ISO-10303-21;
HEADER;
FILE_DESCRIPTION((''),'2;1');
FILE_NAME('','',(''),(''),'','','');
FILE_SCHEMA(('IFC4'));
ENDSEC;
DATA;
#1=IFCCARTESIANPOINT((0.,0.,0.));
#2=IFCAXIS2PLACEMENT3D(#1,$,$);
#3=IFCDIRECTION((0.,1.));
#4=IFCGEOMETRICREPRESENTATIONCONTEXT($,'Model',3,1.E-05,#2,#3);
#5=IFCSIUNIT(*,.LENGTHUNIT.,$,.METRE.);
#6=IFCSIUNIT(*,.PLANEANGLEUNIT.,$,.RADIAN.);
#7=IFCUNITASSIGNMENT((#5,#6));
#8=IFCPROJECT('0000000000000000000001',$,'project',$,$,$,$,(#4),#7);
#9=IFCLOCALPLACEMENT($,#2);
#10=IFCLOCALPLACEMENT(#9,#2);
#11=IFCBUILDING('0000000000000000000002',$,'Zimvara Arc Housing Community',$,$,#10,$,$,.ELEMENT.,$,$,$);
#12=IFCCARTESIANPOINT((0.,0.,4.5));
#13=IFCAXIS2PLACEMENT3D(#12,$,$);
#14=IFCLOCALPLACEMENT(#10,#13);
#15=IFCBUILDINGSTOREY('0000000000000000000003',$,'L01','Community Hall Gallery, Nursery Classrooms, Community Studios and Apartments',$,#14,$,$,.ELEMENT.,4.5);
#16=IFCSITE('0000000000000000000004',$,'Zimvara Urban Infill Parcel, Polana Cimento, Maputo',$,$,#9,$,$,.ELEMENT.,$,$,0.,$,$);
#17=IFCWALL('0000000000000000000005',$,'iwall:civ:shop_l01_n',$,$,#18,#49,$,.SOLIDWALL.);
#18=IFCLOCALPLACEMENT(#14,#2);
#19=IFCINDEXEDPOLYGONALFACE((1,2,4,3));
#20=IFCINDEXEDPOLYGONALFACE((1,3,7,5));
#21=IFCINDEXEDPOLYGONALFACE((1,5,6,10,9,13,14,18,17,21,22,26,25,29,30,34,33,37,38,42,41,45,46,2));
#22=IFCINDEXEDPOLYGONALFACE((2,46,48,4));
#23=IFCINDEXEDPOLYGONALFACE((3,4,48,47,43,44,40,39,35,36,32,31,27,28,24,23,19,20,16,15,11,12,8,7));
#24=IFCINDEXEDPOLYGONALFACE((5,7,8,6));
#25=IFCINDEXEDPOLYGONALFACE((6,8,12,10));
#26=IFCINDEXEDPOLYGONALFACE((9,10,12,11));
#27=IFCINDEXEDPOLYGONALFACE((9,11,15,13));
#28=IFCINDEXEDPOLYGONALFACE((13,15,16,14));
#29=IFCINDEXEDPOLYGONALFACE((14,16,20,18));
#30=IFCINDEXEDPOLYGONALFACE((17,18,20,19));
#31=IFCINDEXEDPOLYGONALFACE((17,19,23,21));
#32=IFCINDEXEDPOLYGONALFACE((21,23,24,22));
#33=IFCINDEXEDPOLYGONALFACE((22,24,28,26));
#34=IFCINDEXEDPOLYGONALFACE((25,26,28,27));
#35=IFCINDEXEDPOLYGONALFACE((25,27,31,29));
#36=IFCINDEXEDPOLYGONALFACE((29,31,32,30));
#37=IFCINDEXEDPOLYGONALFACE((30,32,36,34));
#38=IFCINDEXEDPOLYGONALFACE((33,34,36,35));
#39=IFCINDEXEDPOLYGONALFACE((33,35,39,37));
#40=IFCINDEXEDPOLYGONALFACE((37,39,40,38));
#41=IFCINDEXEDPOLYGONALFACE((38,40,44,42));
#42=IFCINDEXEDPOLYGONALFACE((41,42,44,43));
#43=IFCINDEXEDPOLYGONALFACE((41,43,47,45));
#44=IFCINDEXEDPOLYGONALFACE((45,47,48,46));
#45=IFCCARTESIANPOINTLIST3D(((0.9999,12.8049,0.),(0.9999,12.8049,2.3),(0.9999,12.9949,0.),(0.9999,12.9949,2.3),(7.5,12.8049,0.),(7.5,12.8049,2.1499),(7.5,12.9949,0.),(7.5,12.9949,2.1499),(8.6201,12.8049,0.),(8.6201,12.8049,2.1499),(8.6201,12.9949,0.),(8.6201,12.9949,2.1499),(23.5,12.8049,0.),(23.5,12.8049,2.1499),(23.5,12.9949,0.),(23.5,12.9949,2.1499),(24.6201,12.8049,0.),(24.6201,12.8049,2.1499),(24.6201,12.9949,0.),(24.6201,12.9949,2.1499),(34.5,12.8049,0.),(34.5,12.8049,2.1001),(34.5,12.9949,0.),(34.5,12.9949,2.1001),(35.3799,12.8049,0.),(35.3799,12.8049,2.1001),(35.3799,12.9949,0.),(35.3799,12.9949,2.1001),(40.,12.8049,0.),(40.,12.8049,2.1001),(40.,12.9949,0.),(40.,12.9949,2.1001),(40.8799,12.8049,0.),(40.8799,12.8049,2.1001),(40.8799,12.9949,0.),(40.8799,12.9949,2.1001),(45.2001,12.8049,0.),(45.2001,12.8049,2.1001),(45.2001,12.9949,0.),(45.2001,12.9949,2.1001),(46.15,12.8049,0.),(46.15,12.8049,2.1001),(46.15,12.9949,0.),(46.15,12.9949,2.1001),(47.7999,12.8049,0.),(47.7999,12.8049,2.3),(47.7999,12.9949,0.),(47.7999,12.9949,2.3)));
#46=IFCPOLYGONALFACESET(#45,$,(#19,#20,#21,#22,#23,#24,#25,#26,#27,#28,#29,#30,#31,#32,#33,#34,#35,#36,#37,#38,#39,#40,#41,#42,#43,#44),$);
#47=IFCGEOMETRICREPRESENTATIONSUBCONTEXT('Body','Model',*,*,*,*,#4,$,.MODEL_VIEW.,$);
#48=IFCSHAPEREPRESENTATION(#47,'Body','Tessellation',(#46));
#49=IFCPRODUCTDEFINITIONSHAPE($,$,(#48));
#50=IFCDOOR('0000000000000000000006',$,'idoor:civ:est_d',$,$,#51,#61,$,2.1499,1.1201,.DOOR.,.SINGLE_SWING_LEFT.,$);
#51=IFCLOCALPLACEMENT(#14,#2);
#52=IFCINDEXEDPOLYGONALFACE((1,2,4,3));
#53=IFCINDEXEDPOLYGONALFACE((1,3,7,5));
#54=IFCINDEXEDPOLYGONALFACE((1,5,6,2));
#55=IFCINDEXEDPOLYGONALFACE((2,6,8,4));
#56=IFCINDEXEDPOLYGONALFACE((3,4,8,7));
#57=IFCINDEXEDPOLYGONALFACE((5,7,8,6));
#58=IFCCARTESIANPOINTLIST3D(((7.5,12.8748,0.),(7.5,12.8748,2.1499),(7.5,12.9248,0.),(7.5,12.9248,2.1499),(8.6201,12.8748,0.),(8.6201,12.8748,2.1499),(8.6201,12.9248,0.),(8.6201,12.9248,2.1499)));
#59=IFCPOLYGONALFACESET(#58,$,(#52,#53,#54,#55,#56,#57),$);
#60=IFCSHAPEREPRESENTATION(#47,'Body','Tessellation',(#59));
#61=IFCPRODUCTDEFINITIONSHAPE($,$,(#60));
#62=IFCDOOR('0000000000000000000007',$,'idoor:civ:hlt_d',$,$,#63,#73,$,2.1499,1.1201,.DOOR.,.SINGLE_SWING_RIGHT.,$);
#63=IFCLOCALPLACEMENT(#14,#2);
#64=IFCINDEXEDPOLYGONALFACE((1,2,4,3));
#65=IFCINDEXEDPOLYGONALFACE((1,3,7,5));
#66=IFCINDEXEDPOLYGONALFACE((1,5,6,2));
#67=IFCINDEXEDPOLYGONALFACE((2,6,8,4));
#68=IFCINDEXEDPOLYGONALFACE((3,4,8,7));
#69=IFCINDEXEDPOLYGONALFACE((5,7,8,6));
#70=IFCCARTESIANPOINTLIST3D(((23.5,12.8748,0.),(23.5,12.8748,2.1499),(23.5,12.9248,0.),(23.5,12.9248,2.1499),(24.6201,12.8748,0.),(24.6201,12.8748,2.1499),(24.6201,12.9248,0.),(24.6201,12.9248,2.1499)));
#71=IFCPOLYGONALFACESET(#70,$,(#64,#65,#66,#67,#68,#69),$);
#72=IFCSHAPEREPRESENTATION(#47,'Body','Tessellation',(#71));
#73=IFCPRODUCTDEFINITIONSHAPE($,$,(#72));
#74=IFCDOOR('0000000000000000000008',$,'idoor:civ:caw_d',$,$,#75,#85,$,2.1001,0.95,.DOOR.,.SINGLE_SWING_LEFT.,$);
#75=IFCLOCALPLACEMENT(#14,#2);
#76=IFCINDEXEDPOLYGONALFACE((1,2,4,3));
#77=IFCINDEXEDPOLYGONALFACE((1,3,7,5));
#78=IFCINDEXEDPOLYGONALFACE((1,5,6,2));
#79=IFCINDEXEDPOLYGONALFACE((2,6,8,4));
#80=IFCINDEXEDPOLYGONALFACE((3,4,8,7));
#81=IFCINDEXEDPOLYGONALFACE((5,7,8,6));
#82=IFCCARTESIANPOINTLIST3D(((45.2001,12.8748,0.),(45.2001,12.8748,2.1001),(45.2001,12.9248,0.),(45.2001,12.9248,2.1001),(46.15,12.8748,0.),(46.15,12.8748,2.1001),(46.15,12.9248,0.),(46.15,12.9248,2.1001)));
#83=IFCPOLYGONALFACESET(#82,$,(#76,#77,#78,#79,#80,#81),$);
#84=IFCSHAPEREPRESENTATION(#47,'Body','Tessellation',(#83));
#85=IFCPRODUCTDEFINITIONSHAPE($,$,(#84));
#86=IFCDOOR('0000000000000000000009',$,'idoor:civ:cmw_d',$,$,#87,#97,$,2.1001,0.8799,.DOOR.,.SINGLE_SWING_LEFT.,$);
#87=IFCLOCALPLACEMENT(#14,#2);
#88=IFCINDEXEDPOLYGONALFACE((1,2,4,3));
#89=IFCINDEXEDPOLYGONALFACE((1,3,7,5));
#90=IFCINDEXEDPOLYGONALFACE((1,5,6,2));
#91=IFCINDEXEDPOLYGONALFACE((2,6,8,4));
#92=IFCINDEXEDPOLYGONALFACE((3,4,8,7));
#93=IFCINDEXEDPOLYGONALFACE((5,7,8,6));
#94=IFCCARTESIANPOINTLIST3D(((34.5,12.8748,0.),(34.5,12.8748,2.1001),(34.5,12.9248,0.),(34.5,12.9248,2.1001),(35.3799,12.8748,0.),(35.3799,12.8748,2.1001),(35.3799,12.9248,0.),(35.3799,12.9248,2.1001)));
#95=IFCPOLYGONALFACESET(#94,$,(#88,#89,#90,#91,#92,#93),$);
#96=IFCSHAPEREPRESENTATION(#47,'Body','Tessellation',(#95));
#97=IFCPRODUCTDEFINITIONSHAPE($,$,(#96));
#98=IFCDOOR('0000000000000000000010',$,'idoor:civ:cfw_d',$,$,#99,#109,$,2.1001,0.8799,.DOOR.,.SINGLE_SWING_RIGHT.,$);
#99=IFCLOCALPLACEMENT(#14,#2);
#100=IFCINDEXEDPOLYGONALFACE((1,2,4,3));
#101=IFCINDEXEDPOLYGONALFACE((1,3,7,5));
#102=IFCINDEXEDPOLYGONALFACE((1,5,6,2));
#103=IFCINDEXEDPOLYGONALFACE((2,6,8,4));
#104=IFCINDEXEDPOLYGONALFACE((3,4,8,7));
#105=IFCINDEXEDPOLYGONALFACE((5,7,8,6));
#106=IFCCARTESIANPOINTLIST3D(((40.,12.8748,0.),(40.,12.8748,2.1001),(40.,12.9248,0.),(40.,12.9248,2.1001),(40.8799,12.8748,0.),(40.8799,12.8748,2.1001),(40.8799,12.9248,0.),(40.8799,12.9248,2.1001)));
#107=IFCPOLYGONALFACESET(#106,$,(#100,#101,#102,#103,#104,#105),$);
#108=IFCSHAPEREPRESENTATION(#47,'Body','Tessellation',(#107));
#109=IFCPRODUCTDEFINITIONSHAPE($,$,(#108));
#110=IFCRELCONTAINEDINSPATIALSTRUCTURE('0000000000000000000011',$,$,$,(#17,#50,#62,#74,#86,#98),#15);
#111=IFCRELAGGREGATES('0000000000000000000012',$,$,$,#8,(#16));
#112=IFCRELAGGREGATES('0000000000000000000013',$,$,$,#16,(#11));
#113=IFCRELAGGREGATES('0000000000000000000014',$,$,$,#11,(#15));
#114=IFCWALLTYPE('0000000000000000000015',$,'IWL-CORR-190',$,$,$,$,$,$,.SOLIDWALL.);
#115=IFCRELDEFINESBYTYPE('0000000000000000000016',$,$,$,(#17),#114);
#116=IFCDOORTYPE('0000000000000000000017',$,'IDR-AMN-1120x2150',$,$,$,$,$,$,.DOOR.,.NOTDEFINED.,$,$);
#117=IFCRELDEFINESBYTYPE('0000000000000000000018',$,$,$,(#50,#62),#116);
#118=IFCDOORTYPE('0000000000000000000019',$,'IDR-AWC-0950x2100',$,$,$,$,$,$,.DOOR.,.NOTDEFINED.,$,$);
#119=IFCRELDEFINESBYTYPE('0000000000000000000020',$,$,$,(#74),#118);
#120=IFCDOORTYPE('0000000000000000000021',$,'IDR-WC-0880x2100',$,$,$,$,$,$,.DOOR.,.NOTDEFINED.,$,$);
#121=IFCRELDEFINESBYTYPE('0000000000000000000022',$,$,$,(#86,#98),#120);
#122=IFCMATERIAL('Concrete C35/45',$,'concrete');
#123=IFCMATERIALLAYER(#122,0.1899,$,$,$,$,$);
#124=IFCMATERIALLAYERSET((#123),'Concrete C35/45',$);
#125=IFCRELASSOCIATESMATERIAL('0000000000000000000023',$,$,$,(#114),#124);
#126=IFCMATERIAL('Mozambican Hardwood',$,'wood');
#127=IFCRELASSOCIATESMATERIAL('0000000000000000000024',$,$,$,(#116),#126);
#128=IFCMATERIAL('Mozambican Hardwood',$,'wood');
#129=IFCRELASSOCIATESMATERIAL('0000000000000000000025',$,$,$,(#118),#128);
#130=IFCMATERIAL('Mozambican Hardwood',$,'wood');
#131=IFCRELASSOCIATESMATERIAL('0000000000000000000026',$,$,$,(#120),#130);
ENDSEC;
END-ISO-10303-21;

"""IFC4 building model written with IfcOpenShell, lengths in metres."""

from ifc_helpers import new_model, si_unit, direction, frame, frame_2d, origin, place, context, subcontext, project, spatial, rectangle, extrude, material, layer, layer_set, type_object, element, fill, save


model = new_model("IFC4")

# Units and contexts
model_context = context("Model", 3, precision=1e-05, world=origin(), true_north=direction((0.0, 1.0)))
body_context = subcontext(model_context, "Body", "Model", "MODEL_VIEW")
ifc_project = project(units=[si_unit("LENGTHUNIT", "METRE"), si_unit("PLANEANGLEUNIT", "RADIAN")], contexts=[model_context])

# Site, building, storey
site_placement = place(None, origin())
site = spatial("IfcSite", under=ifc_project, at=site_placement, Name="Zimvara Urban Infill Parcel, Polana Cimento, Maputo", CompositionType="ELEMENT", RefElevation=0.0)
building_placement = place(site_placement, origin())
building = spatial("IfcBuilding", under=site, at=building_placement, Name="Zimvara Arc Housing Community", CompositionType="ELEMENT")
storey_placement = place(building_placement, frame((0.0, 0.0, 4.5)))
storey = spatial("IfcBuildingStorey", under=building, at=storey_placement, Name="L01", Description="Community Hall Gallery, Nursery Classrooms, Community Studios and Apartments", CompositionType="ELEMENT", Elevation=4.5)

# Wall, openings, doors
ifc_material_1 = material(Name="Concrete C35/45", Category="concrete")
ifc_layer_1 = layer(ifc_material_1, 0.1899)
ifc_layer_set_1 = layer_set([ifc_layer_1], Name="Concrete C35/45")
wall_type = type_object("IfcWallType", Name="IWL-CORR-190", PredefinedType="SOLIDWALL", material=ifc_layer_set_1)
ifc_material_2 = material(Name="Mozambican Hardwood", Category="wood")
door_type_1 = type_object("IfcDoorType", Name="IDR-AMN-1120x2150", OperationType="NOTDEFINED", PredefinedType="DOOR", material=ifc_material_2)
wall_1_placement = place(storey_placement, frame((1.0, 12.8999, 0.0), z_axis=(0.0, 0.0, 1.0), x_axis=(1.0, 0.0, 0.0)))
wall_1 = element("IfcWall", 1, at=wall_1_placement, inside=storey, type_object=wall_type, Name="iwall:civ:shop_l01_n", PredefinedType="SOLIDWALL", context=body_context, shape_type="SweptSolid", body=[
    extrude(rectangle(XDim=46.8, YDim=0.1899, at=frame_2d((23.3999, 0.0))), origin(), (0.0, 0.0, 1.0), 2.3),
])
opening_1_placement = place(wall_1_placement, frame((6.5, 0.0, 0.0)))
opening_1 = element("IfcOpeningElement", 2, at=opening_1_placement, cuts=wall_1, PredefinedType="OPENING", context=body_context, shape_type="SweptSolid", body=[
    extrude(rectangle(XDim=1.1201, YDim=2.1499, at=frame_2d((0.5601, 1.075))), frame((0.0, 0.105, 0.0), z_axis=(0.0, -1.0, 0.0), x_axis=(1.0, 0.0, 0.0)), (0.0, 0.0, 1.0), 0.21),
])
opening_2_placement = place(wall_1_placement, frame((22.5, 0.0, 0.0)))
opening_2 = element("IfcOpeningElement", 3, at=opening_2_placement, cuts=wall_1, PredefinedType="OPENING", context=body_context, shape_type="SweptSolid", body=[
    extrude(rectangle(XDim=1.1201, YDim=2.1499, at=frame_2d((0.5601, 1.075))), frame((0.0, 0.105, 0.0), z_axis=(0.0, -1.0, 0.0), x_axis=(1.0, 0.0, 0.0)), (0.0, 0.0, 1.0), 0.21),
])
opening_3_placement = place(wall_1_placement, frame((33.5, 0.0, 0.0)))
opening_3 = element("IfcOpeningElement", 4, at=opening_3_placement, cuts=wall_1, PredefinedType="OPENING", context=body_context, shape_type="SweptSolid", body=[
    extrude(rectangle(XDim=0.8799, YDim=2.1001, at=frame_2d((0.4399, 1.05))), frame((0.0, 0.105, 0.0), z_axis=(0.0, -1.0, 0.0), x_axis=(1.0, 0.0, 0.0)), (0.0, 0.0, 1.0), 0.21),
])
opening_4_placement = place(wall_1_placement, frame((39.0, 0.0, 0.0)))
opening_4 = element("IfcOpeningElement", 5, at=opening_4_placement, cuts=wall_1, PredefinedType="OPENING", context=body_context, shape_type="SweptSolid", body=[
    extrude(rectangle(XDim=0.8799, YDim=2.1001, at=frame_2d((0.4399, 1.05))), frame((0.0, 0.105, 0.0), z_axis=(0.0, -1.0, 0.0), x_axis=(1.0, 0.0, 0.0)), (0.0, 0.0, 1.0), 0.21),
])
opening_5_placement = place(wall_1_placement, frame((44.2, 0.0, 0.0)))
opening_5 = element("IfcOpeningElement", 6, at=opening_5_placement, cuts=wall_1, PredefinedType="OPENING", context=body_context, shape_type="SweptSolid", body=[
    extrude(rectangle(XDim=0.95, YDim=2.1001, at=frame_2d((0.4751, 1.05))), frame((0.0, 0.105, 0.0), z_axis=(0.0, -1.0, 0.0), x_axis=(1.0, 0.0, 0.0)), (0.0, 0.0, 1.0), 0.21),
])
door_1_placement = place(opening_1_placement, origin())
door_1 = element("IfcDoor", 7, at=door_1_placement, inside=storey, type_object=door_type_1, Name="idoor:civ:est_d", OperationType="SINGLE_SWING_LEFT", OverallHeight=2.1499, OverallWidth=1.1201, PredefinedType="DOOR", context=body_context, shape_type="SweptSolid", body=[
    extrude(rectangle(XDim=1.1201, YDim=2.1499, at=frame_2d((0.5601, 1.075))), frame((0.0, 0.0249, 0.0), z_axis=(0.0, -1.0, 0.0), x_axis=(1.0, 0.0, 0.0)), (0.0, 0.0, 1.0), 0.05),
])
fill(opening_1, door_1)
door_2_placement = place(opening_2_placement, origin())
door_2 = element("IfcDoor", 8, at=door_2_placement, inside=storey, type_object=door_type_1, Name="idoor:civ:hlt_d", OperationType="SINGLE_SWING_RIGHT", OverallHeight=2.1499, OverallWidth=1.1201, PredefinedType="DOOR", context=body_context, shape_type="SweptSolid", body=[
    extrude(rectangle(XDim=1.1201, YDim=2.1499, at=frame_2d((0.5601, 1.075))), frame((0.0, 0.0249, 0.0), z_axis=(0.0, -1.0, 0.0), x_axis=(1.0, 0.0, 0.0)), (0.0, 0.0, 1.0), 0.05),
])
fill(opening_2, door_2)
ifc_material_3 = material(Name="Mozambican Hardwood", Category="wood")
door_type_2 = type_object("IfcDoorType", Name="IDR-AWC-0950x2100", OperationType="NOTDEFINED", PredefinedType="DOOR", material=ifc_material_3)
door_3_placement = place(opening_5_placement, origin())
door_3 = element("IfcDoor", 9, at=door_3_placement, inside=storey, type_object=door_type_2, Name="idoor:civ:caw_d", OperationType="SINGLE_SWING_LEFT", OverallHeight=2.1001, OverallWidth=0.95, PredefinedType="DOOR", context=body_context, shape_type="SweptSolid", body=[
    extrude(rectangle(XDim=0.95, YDim=2.1001, at=frame_2d((0.4751, 1.05))), frame((0.0, 0.0249, 0.0), z_axis=(0.0, -1.0, 0.0), x_axis=(1.0, 0.0, 0.0)), (0.0, 0.0, 1.0), 0.05),
])
fill(opening_5, door_3)
ifc_material_4 = material(Name="Mozambican Hardwood", Category="wood")
door_type_3 = type_object("IfcDoorType", Name="IDR-WC-0880x2100", OperationType="NOTDEFINED", PredefinedType="DOOR", material=ifc_material_4)
door_4_placement = place(opening_3_placement, origin())
door_4 = element("IfcDoor", 10, at=door_4_placement, inside=storey, type_object=door_type_3, Name="idoor:civ:cmw_d", OperationType="SINGLE_SWING_LEFT", OverallHeight=2.1001, OverallWidth=0.8799, PredefinedType="DOOR", context=body_context, shape_type="SweptSolid", body=[
    extrude(rectangle(XDim=0.8799, YDim=2.1001, at=frame_2d((0.4399, 1.05))), frame((0.0, 0.0249, 0.0), z_axis=(0.0, -1.0, 0.0), x_axis=(1.0, 0.0, 0.0)), (0.0, 0.0, 1.0), 0.05),
])
fill(opening_3, door_4)
door_5_placement = place(opening_4_placement, origin())
door_5 = element("IfcDoor", 11, at=door_5_placement, inside=storey, type_object=door_type_3, Name="idoor:civ:cfw_d", OperationType="SINGLE_SWING_RIGHT", OverallHeight=2.1001, OverallWidth=0.8799, PredefinedType="DOOR", context=body_context, shape_type="SweptSolid", body=[
    extrude(rectangle(XDim=0.8799, YDim=2.1001, at=frame_2d((0.4399, 1.05))), frame((0.0, 0.0249, 0.0), z_axis=(0.0, -1.0, 0.0), x_axis=(1.0, 0.0, 0.0)), (0.0, 0.0, 1.0), 0.05),
])
fill(opening_4, door_5)

save(model, "model.ifc")
